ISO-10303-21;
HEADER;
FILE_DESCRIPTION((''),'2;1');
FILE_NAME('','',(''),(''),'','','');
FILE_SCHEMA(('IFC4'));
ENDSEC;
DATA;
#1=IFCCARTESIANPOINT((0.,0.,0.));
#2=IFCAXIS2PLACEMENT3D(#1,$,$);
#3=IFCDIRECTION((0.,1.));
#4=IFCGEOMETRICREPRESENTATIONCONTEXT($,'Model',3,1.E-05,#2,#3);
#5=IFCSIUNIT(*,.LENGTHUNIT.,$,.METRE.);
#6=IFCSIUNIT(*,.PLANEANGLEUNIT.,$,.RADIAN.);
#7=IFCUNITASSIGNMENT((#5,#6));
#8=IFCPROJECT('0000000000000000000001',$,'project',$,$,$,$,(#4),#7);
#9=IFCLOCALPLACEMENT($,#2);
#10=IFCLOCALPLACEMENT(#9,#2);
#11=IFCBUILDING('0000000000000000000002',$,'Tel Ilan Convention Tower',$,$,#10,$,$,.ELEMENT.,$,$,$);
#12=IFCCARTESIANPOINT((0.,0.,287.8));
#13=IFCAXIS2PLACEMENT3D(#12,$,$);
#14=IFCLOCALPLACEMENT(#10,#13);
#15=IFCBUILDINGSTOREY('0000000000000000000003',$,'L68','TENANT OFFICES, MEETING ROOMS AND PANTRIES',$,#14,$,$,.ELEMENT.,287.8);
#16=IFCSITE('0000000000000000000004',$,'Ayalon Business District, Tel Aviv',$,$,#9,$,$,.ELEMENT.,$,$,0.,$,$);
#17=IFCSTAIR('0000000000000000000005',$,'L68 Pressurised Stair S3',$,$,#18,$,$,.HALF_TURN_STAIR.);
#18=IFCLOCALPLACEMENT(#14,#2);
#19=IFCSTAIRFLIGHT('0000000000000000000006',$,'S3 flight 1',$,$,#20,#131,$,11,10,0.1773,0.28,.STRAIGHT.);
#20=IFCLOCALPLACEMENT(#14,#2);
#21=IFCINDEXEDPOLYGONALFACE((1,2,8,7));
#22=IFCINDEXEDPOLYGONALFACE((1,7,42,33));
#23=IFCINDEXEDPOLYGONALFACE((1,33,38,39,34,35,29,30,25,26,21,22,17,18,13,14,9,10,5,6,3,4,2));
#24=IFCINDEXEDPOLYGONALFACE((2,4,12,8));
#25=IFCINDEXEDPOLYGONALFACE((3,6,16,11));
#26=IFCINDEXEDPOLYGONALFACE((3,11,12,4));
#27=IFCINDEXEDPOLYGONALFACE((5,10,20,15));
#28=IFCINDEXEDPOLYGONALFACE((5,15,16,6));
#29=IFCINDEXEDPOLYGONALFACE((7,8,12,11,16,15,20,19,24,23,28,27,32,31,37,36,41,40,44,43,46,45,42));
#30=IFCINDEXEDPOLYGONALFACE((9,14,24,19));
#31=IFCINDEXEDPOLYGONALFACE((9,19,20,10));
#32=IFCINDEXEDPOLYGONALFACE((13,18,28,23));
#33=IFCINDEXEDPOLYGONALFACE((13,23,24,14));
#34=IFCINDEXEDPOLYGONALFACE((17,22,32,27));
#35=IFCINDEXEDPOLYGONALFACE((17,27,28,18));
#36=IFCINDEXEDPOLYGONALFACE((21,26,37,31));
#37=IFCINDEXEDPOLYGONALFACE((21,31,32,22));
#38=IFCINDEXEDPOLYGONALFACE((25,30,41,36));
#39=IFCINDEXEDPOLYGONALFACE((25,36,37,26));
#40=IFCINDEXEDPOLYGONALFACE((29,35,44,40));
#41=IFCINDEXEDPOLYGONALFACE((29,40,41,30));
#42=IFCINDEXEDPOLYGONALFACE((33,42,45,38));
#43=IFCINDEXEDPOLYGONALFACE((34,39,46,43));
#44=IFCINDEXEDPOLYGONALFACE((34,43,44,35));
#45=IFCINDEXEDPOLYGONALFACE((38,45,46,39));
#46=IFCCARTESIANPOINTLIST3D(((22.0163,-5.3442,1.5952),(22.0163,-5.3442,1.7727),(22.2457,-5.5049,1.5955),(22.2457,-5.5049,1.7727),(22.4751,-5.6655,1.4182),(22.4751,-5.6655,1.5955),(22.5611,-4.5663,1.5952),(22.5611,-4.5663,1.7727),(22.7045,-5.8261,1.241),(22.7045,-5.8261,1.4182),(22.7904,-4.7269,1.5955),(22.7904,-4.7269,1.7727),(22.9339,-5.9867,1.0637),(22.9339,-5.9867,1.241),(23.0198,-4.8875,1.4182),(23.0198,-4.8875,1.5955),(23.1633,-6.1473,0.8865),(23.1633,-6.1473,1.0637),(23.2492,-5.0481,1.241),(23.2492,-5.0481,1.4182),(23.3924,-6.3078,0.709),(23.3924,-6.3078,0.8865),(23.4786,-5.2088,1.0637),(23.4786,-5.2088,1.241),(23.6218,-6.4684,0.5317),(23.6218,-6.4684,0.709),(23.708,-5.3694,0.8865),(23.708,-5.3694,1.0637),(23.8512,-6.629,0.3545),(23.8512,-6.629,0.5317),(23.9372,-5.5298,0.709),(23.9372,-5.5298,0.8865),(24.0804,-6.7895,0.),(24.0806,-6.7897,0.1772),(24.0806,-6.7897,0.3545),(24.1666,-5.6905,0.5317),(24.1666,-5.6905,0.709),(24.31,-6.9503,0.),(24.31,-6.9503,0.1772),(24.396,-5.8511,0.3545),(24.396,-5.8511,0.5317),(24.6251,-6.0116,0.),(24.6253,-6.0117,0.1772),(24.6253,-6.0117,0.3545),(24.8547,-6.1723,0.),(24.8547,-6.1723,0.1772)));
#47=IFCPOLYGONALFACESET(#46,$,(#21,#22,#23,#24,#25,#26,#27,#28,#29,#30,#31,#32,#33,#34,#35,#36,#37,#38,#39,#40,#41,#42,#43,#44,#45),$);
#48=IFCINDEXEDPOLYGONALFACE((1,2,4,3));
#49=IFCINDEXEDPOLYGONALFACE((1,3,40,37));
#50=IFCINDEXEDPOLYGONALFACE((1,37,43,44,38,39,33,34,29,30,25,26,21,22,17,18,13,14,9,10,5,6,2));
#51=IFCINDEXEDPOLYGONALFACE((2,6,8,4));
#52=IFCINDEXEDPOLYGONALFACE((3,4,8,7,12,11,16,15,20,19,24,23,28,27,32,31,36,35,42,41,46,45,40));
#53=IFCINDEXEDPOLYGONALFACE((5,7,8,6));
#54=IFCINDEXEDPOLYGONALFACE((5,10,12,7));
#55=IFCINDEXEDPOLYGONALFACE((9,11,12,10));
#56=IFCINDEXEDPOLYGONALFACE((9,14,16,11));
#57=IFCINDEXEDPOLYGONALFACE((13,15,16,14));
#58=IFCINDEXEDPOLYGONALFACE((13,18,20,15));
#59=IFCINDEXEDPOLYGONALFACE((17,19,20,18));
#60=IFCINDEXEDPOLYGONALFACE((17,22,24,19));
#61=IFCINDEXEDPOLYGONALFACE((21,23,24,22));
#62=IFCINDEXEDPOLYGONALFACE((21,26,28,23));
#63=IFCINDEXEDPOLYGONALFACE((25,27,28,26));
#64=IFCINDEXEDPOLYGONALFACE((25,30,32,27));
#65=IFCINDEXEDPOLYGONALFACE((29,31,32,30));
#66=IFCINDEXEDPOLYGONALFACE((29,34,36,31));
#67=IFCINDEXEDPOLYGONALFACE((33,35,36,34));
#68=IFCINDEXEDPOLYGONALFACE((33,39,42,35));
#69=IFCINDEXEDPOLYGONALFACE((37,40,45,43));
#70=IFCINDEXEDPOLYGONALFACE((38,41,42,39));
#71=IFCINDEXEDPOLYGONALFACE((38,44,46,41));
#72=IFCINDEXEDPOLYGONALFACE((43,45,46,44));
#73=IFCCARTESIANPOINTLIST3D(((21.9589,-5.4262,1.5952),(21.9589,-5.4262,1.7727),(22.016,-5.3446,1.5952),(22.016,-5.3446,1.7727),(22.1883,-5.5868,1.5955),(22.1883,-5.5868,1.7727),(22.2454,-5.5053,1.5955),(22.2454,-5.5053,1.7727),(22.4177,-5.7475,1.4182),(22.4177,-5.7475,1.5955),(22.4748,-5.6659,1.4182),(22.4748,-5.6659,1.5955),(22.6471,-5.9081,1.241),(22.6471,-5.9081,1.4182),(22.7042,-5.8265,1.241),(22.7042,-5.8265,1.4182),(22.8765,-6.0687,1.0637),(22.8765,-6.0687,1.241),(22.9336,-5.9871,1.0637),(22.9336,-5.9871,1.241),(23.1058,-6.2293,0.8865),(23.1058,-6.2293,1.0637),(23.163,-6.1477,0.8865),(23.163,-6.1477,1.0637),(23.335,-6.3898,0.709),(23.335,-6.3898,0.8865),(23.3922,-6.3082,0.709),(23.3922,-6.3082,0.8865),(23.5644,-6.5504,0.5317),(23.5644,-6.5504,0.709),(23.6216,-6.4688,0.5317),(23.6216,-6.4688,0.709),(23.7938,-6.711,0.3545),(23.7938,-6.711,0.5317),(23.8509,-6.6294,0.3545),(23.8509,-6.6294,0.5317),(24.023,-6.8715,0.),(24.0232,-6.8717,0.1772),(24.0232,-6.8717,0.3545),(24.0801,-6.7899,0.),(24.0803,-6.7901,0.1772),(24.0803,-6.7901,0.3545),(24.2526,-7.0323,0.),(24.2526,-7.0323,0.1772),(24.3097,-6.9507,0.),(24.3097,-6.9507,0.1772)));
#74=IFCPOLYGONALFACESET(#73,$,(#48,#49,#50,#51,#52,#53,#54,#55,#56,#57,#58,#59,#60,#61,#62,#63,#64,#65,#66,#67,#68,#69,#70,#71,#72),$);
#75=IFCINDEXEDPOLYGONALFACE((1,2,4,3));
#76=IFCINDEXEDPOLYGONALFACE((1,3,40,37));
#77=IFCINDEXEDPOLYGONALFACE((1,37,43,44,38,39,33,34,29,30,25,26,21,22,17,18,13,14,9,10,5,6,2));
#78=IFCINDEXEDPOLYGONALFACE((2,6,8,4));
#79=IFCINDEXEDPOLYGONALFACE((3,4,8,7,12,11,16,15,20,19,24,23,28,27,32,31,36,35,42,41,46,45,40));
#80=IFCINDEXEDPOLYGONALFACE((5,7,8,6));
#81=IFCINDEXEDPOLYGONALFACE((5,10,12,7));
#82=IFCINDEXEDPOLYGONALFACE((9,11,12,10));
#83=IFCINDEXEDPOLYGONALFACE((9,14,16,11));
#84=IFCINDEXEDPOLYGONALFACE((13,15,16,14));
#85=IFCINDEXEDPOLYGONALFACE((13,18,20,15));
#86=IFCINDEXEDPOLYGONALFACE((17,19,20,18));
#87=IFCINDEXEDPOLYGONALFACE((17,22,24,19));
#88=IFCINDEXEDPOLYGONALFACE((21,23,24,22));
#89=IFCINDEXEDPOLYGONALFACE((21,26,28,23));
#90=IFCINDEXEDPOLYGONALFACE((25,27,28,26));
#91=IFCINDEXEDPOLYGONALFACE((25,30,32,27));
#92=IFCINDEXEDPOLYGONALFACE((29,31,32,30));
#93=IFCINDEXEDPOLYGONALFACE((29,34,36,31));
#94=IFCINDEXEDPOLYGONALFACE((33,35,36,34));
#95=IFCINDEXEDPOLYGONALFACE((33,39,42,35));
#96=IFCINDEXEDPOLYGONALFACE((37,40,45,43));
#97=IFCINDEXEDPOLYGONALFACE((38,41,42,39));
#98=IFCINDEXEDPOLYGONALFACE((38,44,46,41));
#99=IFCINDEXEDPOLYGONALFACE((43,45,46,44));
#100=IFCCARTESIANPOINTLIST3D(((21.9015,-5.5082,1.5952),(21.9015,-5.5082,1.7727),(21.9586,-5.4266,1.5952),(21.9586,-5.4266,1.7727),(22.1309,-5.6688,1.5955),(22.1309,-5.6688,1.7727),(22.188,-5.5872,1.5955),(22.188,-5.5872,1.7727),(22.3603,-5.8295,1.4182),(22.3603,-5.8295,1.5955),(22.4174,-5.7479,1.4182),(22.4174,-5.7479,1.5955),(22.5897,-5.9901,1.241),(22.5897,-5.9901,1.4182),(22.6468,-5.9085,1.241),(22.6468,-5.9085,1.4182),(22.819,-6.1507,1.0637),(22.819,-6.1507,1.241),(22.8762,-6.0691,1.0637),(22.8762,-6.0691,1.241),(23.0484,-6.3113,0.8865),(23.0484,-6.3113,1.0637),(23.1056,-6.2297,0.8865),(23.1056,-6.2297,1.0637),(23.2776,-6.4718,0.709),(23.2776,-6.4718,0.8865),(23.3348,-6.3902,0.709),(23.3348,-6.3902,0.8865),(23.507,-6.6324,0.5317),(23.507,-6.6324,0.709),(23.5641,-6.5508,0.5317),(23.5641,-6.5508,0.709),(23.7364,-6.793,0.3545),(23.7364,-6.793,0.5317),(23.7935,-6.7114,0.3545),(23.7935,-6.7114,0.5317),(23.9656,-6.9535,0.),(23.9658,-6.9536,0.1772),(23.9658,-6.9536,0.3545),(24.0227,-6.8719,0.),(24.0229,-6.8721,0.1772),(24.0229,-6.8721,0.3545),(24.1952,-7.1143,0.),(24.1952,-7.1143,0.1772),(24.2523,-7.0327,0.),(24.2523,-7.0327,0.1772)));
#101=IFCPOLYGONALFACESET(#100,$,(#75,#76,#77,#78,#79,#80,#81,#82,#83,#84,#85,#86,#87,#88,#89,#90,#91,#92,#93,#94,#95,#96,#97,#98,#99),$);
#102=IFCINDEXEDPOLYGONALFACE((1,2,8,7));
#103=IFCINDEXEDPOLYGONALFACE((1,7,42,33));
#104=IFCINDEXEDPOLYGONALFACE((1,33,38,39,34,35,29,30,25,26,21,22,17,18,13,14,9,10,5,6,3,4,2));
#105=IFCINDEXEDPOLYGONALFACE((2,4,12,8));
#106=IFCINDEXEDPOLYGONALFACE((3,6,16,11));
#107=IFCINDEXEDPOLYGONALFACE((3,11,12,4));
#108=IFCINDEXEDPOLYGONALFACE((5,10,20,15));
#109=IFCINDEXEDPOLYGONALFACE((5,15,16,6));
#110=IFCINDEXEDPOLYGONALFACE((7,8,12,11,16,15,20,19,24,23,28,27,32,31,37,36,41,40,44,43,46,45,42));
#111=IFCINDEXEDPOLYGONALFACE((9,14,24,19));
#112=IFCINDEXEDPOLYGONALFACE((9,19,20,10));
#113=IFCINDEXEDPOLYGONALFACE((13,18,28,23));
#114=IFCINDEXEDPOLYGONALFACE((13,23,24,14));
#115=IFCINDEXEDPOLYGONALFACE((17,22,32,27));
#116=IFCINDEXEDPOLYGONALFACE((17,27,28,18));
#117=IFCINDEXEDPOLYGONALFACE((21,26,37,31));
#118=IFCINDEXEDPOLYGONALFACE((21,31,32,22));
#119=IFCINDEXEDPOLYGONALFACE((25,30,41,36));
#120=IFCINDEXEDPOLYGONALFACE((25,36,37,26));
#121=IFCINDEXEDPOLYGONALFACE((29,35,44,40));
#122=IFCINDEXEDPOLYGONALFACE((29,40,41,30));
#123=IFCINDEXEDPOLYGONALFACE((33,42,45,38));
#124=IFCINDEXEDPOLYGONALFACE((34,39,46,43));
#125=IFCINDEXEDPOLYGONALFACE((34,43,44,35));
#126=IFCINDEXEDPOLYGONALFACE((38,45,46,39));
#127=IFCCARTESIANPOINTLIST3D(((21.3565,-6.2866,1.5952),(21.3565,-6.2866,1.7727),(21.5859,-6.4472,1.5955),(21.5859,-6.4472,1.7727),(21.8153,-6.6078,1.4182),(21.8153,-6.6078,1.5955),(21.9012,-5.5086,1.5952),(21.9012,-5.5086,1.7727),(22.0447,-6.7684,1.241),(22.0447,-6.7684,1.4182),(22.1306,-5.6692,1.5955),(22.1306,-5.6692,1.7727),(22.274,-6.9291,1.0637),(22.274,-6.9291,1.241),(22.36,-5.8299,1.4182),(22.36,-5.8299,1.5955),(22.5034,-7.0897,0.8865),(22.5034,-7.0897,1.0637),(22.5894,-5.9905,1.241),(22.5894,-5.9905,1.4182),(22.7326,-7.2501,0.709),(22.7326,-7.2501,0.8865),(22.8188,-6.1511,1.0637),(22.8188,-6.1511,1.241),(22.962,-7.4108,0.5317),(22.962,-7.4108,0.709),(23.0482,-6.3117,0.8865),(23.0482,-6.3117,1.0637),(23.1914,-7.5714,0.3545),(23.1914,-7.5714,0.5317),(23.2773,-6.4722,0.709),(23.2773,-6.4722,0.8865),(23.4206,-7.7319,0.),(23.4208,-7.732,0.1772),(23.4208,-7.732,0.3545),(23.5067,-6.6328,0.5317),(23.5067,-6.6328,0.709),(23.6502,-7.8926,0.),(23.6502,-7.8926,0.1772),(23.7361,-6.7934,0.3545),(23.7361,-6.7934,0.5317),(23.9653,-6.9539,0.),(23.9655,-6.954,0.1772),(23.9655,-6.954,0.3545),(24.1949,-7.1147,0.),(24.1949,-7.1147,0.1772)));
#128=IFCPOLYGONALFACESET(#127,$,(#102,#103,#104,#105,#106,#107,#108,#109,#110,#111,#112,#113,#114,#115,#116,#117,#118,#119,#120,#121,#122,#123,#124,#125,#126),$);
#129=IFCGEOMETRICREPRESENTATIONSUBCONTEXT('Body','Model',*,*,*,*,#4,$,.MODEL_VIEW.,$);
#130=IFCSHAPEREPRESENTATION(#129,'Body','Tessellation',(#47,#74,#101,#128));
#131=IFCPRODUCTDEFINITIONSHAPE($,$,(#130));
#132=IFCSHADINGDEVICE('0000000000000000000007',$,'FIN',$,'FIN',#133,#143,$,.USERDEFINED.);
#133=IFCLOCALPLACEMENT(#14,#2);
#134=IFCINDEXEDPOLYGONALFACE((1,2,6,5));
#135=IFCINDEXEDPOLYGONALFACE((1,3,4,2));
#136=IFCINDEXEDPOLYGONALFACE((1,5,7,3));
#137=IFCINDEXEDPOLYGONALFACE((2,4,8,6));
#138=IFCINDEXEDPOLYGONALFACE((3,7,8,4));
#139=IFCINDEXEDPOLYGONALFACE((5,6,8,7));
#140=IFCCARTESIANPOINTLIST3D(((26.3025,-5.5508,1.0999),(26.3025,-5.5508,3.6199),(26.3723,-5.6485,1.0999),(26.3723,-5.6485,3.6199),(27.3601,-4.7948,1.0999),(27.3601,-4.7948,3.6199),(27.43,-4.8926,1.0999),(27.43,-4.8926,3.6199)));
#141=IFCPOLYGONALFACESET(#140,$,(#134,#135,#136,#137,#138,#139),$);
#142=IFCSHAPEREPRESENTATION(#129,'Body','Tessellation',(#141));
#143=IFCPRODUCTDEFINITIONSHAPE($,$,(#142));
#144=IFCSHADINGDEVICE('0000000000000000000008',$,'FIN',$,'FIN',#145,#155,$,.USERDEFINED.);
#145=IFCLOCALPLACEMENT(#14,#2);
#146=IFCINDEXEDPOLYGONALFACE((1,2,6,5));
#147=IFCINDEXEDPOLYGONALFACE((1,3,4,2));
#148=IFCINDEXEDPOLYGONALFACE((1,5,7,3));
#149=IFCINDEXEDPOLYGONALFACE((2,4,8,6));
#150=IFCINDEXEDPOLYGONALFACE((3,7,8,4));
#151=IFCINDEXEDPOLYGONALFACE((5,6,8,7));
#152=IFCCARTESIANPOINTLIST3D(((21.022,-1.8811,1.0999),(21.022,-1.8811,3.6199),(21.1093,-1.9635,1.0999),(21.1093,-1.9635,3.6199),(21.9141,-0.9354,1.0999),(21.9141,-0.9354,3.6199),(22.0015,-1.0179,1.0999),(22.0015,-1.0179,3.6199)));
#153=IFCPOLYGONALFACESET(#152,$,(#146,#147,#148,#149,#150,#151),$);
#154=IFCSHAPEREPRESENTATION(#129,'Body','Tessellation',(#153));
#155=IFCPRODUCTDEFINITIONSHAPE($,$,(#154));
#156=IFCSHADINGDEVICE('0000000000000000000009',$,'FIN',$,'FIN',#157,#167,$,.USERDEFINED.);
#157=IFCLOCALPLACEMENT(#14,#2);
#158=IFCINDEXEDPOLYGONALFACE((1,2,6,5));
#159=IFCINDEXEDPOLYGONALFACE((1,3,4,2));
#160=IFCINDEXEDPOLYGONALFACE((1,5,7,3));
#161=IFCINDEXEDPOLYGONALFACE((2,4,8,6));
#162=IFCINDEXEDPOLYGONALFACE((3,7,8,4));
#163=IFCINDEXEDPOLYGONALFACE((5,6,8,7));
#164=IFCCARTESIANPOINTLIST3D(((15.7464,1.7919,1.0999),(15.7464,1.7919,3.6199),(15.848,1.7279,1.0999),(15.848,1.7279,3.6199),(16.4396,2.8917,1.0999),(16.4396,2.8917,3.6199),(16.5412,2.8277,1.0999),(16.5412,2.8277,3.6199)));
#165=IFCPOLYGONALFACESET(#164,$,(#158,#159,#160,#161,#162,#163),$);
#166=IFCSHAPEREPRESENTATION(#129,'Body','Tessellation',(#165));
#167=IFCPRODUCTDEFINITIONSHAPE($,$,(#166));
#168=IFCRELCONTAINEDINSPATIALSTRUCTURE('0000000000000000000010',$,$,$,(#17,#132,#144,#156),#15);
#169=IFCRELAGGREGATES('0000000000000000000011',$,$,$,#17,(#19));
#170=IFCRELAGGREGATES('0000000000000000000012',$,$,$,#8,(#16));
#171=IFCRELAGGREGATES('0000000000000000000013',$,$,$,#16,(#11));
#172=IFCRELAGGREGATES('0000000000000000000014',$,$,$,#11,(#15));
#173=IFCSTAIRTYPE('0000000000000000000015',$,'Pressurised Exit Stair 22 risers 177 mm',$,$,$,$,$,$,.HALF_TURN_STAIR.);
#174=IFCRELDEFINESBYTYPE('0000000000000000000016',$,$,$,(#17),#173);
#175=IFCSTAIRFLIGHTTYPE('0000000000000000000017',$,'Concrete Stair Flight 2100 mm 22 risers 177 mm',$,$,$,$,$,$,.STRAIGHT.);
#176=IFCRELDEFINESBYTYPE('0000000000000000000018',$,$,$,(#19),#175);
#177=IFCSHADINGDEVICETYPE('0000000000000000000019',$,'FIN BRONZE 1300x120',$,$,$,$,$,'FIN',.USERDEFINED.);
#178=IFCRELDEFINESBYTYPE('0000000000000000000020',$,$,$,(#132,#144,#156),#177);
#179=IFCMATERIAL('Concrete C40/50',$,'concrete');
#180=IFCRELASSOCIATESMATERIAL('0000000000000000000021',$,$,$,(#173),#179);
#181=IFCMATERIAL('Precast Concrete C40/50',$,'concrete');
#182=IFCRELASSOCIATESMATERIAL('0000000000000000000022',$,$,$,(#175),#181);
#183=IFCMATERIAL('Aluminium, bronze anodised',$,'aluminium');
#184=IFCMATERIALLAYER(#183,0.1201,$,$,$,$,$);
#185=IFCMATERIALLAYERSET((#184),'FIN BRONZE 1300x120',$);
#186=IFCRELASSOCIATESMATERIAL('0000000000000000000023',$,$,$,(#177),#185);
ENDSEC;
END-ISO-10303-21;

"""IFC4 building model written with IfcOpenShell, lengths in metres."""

from ifc_helpers import new_model, si_unit, direction, frame, origin, origin_2d, place, context, subcontext, project, spatial, polyline, rectangle, outline, extrude, material, layer, layer_set, type_object, element, aggregate, save


model = new_model("IFC4")

# Units and contexts
model_context = context("Model", 3, precision=1e-05, world=origin(), true_north=direction((0.0, 1.0)))
body_context = subcontext(model_context, "Body", "Model", "MODEL_VIEW")
ifc_project = project(units=[si_unit("LENGTHUNIT", "METRE"), si_unit("PLANEANGLEUNIT", "RADIAN")], contexts=[model_context])

# Site, building, storey
site_placement = place(None, origin())
site = spatial("IfcSite", under=ifc_project, at=site_placement, Name="Ayalon Business District, Tel Aviv", CompositionType="ELEMENT", RefElevation=0.0)
building_placement = place(site_placement, origin())
building = spatial("IfcBuilding", under=site, at=building_placement, Name="Tel Ilan Convention Tower", CompositionType="ELEMENT")
storey_placement = place(building_placement, frame((0.0, 0.0, 287.8)))
storey = spatial("IfcBuildingStorey", under=building, at=storey_placement, Name="L68", Description="TENANT OFFICES, MEETING ROOMS AND PANTRIES", CompositionType="ELEMENT", Elevation=287.8)

# Stair, stair flight
ifc_material_1 = material(Name="Concrete C40/50", Category="concrete")
stair_type = type_object("IfcStairType", Name="Pressurised Exit Stair 22 risers 177 mm", PredefinedType="HALF_TURN_STAIR", material=ifc_material_1)
stair_placement = place(storey_placement, origin())
stair = element("IfcStair", 1, at=stair_placement, inside=storey, type_object=stair_type, Name="L68 Pressurised Stair S3", PredefinedType="HALF_TURN_STAIR")
ifc_material_2 = material(Name="Precast Concrete C40/50", Category="concrete")
stair_flight_type = type_object("IfcStairFlightType", Name="Concrete Stair Flight 2100 mm 22 risers 177 mm", PredefinedType="STRAIGHT", material=ifc_material_2)
stair_flight_placement = place(storey_placement, frame((24.2524, -7.0325, 0.0), z_axis=(0.0, 0.0, 1.0), x_axis=(-0.819152, 0.573576, 0.0)))
stair_flight = element("IfcStairFlight", 2, at=stair_flight_placement, type_object=stair_flight_type, Name="S3 flight 1", NumberOfRisers=11, NumberOfTreads=10, PredefinedType="STRAIGHT", RiserHeight=0.1773, TreadLength=0.28, context=body_context, shape_type="SweptSolid", body=[
    extrude(outline(polyline([(0.0, 0.0), (0.0, 0.1772), (0.28, 0.1772), (0.28, 0.3545), (0.5601, 0.3545), (0.5601, 0.5317), (0.8401, 0.5317), (0.8401, 0.709), (1.1201, 0.709), (1.1201, 0.8865), (1.3999, 0.8865), (1.3999, 1.0637), (1.6799, 1.0637), (1.6799, 1.241), (1.96, 1.241), (1.96, 1.4182), (2.24, 1.4182), (2.24, 1.5955), (2.52, 1.5955), (2.52, 1.7727), (2.8, 1.7727), (2.8, 1.95), (2.8, 1.5952), (0.2803, 0.0), (0.0, 0.0)])), frame((0.0, -0.1003, 0.0), z_axis=(0.0, -1.0, 0.0), x_axis=(1.0, 0.0, 0.0)), (0.0, 0.0, 1.0), 0.9497),
    extrude(outline(polyline([(0.0, 0.0), (0.0, 0.1772), (0.28, 0.1772), (0.28, 0.3545), (0.5601, 0.3545), (0.5601, 0.5317), (0.8401, 0.5317), (0.8401, 0.709), (1.1201, 0.709), (1.1201, 0.8865), (1.3999, 0.8865), (1.3999, 1.0637), (1.6799, 1.0637), (1.6799, 1.241), (1.96, 1.241), (1.96, 1.4182), (2.24, 1.4182), (2.24, 1.5955), (2.52, 1.5955), (2.52, 1.7727), (2.8, 1.7727), (2.8, 1.95), (2.8, 1.5952), (0.2803, 0.0), (0.0, 0.0)])), frame((0.0, -0.0002, 0.0), z_axis=(0.0, -1.0, 0.0), x_axis=(1.0, 0.0, 0.0)), (0.0, 0.0, 1.0), 0.0996),
    extrude(outline(polyline([(0.0, 0.0), (0.0, 0.1772), (0.28, 0.1772), (0.28, 0.3545), (0.5601, 0.3545), (0.5601, 0.5317), (0.8401, 0.5317), (0.8401, 0.709), (1.1201, 0.709), (1.1201, 0.8865), (1.3999, 0.8865), (1.3999, 1.0637), (1.6799, 1.0637), (1.6799, 1.241), (1.96, 1.241), (1.96, 1.4182), (2.24, 1.4182), (2.24, 1.5955), (2.52, 1.5955), (2.52, 1.7727), (2.8, 1.7727), (2.8, 1.95), (2.8, 1.5952), (0.2803, 0.0), (0.0, 0.0)])), frame((0.0, 0.0999, 0.0), z_axis=(0.0, -1.0, 0.0), x_axis=(1.0, 0.0, 0.0)), (0.0, 0.0, 1.0), 0.0996),
    extrude(outline(polyline([(0.0, 0.0), (0.0, 0.1772), (0.28, 0.1772), (0.28, 0.3545), (0.5601, 0.3545), (0.5601, 0.5317), (0.8401, 0.5317), (0.8401, 0.709), (1.1201, 0.709), (1.1201, 0.8865), (1.3999, 0.8865), (1.3999, 1.0637), (1.6799, 1.0637), (1.6799, 1.241), (1.96, 1.241), (1.96, 1.4182), (2.24, 1.4182), (2.24, 1.5955), (2.52, 1.5955), (2.52, 1.7727), (2.8, 1.7727), (2.8, 1.95), (2.8, 1.5952), (0.2803, 0.0), (0.0, 0.0)])), frame((0.0, 1.05, 0.0), z_axis=(0.0, -1.0, 0.0), x_axis=(1.0, 0.0, 0.0)), (0.0, 0.0, 1.0), 0.9497),
])
aggregate(stair, [stair_flight])

# Shading devices
ifc_material_3 = material(Name="Aluminium, bronze anodised", Category="aluminium")
ifc_layer_1 = layer(ifc_material_3, 0.1201)
ifc_layer_set_1 = layer_set([ifc_layer_1], Name="FIN BRONZE 1300x120")
shading_device_type = type_object("IfcShadingDeviceType", Name="FIN BRONZE 1300x120", ElementType="FIN", PredefinedType="USERDEFINED", material=ifc_layer_set_1)
for number, where, z_axis, x_axis, name in (
    (3, (26.8662, -5.2217, 1.0999), (0.0, 0.0, 1.0), (0.813552, 0.581492, 0.0), "FIN"),
    (4, (21.5117, -1.4495, 1.0999), (0.0, 0.0, 1.0), (0.686242, 0.727374, 0.0), "FIN"),
    (5, (16.1438, 2.3098, 1.0999), (0.0, 0.0, 1.0), (0.533204, 0.845986, 0.0), "FIN"),
):
    element("IfcShadingDevice", number, at=place(storey_placement, frame(where, z_axis=z_axis, x_axis=x_axis)), inside=storey, type_object=shading_device_type, Name=name, ObjectType="FIN", PredefinedType="USERDEFINED", context=body_context, shape_type="SweptSolid", body=[
        extrude(rectangle(XDim=1.3, YDim=0.1201, at=origin_2d()), origin(), (0.0, 0.0, 1.0), 2.52),
    ])

save(model, "model.ifc")
